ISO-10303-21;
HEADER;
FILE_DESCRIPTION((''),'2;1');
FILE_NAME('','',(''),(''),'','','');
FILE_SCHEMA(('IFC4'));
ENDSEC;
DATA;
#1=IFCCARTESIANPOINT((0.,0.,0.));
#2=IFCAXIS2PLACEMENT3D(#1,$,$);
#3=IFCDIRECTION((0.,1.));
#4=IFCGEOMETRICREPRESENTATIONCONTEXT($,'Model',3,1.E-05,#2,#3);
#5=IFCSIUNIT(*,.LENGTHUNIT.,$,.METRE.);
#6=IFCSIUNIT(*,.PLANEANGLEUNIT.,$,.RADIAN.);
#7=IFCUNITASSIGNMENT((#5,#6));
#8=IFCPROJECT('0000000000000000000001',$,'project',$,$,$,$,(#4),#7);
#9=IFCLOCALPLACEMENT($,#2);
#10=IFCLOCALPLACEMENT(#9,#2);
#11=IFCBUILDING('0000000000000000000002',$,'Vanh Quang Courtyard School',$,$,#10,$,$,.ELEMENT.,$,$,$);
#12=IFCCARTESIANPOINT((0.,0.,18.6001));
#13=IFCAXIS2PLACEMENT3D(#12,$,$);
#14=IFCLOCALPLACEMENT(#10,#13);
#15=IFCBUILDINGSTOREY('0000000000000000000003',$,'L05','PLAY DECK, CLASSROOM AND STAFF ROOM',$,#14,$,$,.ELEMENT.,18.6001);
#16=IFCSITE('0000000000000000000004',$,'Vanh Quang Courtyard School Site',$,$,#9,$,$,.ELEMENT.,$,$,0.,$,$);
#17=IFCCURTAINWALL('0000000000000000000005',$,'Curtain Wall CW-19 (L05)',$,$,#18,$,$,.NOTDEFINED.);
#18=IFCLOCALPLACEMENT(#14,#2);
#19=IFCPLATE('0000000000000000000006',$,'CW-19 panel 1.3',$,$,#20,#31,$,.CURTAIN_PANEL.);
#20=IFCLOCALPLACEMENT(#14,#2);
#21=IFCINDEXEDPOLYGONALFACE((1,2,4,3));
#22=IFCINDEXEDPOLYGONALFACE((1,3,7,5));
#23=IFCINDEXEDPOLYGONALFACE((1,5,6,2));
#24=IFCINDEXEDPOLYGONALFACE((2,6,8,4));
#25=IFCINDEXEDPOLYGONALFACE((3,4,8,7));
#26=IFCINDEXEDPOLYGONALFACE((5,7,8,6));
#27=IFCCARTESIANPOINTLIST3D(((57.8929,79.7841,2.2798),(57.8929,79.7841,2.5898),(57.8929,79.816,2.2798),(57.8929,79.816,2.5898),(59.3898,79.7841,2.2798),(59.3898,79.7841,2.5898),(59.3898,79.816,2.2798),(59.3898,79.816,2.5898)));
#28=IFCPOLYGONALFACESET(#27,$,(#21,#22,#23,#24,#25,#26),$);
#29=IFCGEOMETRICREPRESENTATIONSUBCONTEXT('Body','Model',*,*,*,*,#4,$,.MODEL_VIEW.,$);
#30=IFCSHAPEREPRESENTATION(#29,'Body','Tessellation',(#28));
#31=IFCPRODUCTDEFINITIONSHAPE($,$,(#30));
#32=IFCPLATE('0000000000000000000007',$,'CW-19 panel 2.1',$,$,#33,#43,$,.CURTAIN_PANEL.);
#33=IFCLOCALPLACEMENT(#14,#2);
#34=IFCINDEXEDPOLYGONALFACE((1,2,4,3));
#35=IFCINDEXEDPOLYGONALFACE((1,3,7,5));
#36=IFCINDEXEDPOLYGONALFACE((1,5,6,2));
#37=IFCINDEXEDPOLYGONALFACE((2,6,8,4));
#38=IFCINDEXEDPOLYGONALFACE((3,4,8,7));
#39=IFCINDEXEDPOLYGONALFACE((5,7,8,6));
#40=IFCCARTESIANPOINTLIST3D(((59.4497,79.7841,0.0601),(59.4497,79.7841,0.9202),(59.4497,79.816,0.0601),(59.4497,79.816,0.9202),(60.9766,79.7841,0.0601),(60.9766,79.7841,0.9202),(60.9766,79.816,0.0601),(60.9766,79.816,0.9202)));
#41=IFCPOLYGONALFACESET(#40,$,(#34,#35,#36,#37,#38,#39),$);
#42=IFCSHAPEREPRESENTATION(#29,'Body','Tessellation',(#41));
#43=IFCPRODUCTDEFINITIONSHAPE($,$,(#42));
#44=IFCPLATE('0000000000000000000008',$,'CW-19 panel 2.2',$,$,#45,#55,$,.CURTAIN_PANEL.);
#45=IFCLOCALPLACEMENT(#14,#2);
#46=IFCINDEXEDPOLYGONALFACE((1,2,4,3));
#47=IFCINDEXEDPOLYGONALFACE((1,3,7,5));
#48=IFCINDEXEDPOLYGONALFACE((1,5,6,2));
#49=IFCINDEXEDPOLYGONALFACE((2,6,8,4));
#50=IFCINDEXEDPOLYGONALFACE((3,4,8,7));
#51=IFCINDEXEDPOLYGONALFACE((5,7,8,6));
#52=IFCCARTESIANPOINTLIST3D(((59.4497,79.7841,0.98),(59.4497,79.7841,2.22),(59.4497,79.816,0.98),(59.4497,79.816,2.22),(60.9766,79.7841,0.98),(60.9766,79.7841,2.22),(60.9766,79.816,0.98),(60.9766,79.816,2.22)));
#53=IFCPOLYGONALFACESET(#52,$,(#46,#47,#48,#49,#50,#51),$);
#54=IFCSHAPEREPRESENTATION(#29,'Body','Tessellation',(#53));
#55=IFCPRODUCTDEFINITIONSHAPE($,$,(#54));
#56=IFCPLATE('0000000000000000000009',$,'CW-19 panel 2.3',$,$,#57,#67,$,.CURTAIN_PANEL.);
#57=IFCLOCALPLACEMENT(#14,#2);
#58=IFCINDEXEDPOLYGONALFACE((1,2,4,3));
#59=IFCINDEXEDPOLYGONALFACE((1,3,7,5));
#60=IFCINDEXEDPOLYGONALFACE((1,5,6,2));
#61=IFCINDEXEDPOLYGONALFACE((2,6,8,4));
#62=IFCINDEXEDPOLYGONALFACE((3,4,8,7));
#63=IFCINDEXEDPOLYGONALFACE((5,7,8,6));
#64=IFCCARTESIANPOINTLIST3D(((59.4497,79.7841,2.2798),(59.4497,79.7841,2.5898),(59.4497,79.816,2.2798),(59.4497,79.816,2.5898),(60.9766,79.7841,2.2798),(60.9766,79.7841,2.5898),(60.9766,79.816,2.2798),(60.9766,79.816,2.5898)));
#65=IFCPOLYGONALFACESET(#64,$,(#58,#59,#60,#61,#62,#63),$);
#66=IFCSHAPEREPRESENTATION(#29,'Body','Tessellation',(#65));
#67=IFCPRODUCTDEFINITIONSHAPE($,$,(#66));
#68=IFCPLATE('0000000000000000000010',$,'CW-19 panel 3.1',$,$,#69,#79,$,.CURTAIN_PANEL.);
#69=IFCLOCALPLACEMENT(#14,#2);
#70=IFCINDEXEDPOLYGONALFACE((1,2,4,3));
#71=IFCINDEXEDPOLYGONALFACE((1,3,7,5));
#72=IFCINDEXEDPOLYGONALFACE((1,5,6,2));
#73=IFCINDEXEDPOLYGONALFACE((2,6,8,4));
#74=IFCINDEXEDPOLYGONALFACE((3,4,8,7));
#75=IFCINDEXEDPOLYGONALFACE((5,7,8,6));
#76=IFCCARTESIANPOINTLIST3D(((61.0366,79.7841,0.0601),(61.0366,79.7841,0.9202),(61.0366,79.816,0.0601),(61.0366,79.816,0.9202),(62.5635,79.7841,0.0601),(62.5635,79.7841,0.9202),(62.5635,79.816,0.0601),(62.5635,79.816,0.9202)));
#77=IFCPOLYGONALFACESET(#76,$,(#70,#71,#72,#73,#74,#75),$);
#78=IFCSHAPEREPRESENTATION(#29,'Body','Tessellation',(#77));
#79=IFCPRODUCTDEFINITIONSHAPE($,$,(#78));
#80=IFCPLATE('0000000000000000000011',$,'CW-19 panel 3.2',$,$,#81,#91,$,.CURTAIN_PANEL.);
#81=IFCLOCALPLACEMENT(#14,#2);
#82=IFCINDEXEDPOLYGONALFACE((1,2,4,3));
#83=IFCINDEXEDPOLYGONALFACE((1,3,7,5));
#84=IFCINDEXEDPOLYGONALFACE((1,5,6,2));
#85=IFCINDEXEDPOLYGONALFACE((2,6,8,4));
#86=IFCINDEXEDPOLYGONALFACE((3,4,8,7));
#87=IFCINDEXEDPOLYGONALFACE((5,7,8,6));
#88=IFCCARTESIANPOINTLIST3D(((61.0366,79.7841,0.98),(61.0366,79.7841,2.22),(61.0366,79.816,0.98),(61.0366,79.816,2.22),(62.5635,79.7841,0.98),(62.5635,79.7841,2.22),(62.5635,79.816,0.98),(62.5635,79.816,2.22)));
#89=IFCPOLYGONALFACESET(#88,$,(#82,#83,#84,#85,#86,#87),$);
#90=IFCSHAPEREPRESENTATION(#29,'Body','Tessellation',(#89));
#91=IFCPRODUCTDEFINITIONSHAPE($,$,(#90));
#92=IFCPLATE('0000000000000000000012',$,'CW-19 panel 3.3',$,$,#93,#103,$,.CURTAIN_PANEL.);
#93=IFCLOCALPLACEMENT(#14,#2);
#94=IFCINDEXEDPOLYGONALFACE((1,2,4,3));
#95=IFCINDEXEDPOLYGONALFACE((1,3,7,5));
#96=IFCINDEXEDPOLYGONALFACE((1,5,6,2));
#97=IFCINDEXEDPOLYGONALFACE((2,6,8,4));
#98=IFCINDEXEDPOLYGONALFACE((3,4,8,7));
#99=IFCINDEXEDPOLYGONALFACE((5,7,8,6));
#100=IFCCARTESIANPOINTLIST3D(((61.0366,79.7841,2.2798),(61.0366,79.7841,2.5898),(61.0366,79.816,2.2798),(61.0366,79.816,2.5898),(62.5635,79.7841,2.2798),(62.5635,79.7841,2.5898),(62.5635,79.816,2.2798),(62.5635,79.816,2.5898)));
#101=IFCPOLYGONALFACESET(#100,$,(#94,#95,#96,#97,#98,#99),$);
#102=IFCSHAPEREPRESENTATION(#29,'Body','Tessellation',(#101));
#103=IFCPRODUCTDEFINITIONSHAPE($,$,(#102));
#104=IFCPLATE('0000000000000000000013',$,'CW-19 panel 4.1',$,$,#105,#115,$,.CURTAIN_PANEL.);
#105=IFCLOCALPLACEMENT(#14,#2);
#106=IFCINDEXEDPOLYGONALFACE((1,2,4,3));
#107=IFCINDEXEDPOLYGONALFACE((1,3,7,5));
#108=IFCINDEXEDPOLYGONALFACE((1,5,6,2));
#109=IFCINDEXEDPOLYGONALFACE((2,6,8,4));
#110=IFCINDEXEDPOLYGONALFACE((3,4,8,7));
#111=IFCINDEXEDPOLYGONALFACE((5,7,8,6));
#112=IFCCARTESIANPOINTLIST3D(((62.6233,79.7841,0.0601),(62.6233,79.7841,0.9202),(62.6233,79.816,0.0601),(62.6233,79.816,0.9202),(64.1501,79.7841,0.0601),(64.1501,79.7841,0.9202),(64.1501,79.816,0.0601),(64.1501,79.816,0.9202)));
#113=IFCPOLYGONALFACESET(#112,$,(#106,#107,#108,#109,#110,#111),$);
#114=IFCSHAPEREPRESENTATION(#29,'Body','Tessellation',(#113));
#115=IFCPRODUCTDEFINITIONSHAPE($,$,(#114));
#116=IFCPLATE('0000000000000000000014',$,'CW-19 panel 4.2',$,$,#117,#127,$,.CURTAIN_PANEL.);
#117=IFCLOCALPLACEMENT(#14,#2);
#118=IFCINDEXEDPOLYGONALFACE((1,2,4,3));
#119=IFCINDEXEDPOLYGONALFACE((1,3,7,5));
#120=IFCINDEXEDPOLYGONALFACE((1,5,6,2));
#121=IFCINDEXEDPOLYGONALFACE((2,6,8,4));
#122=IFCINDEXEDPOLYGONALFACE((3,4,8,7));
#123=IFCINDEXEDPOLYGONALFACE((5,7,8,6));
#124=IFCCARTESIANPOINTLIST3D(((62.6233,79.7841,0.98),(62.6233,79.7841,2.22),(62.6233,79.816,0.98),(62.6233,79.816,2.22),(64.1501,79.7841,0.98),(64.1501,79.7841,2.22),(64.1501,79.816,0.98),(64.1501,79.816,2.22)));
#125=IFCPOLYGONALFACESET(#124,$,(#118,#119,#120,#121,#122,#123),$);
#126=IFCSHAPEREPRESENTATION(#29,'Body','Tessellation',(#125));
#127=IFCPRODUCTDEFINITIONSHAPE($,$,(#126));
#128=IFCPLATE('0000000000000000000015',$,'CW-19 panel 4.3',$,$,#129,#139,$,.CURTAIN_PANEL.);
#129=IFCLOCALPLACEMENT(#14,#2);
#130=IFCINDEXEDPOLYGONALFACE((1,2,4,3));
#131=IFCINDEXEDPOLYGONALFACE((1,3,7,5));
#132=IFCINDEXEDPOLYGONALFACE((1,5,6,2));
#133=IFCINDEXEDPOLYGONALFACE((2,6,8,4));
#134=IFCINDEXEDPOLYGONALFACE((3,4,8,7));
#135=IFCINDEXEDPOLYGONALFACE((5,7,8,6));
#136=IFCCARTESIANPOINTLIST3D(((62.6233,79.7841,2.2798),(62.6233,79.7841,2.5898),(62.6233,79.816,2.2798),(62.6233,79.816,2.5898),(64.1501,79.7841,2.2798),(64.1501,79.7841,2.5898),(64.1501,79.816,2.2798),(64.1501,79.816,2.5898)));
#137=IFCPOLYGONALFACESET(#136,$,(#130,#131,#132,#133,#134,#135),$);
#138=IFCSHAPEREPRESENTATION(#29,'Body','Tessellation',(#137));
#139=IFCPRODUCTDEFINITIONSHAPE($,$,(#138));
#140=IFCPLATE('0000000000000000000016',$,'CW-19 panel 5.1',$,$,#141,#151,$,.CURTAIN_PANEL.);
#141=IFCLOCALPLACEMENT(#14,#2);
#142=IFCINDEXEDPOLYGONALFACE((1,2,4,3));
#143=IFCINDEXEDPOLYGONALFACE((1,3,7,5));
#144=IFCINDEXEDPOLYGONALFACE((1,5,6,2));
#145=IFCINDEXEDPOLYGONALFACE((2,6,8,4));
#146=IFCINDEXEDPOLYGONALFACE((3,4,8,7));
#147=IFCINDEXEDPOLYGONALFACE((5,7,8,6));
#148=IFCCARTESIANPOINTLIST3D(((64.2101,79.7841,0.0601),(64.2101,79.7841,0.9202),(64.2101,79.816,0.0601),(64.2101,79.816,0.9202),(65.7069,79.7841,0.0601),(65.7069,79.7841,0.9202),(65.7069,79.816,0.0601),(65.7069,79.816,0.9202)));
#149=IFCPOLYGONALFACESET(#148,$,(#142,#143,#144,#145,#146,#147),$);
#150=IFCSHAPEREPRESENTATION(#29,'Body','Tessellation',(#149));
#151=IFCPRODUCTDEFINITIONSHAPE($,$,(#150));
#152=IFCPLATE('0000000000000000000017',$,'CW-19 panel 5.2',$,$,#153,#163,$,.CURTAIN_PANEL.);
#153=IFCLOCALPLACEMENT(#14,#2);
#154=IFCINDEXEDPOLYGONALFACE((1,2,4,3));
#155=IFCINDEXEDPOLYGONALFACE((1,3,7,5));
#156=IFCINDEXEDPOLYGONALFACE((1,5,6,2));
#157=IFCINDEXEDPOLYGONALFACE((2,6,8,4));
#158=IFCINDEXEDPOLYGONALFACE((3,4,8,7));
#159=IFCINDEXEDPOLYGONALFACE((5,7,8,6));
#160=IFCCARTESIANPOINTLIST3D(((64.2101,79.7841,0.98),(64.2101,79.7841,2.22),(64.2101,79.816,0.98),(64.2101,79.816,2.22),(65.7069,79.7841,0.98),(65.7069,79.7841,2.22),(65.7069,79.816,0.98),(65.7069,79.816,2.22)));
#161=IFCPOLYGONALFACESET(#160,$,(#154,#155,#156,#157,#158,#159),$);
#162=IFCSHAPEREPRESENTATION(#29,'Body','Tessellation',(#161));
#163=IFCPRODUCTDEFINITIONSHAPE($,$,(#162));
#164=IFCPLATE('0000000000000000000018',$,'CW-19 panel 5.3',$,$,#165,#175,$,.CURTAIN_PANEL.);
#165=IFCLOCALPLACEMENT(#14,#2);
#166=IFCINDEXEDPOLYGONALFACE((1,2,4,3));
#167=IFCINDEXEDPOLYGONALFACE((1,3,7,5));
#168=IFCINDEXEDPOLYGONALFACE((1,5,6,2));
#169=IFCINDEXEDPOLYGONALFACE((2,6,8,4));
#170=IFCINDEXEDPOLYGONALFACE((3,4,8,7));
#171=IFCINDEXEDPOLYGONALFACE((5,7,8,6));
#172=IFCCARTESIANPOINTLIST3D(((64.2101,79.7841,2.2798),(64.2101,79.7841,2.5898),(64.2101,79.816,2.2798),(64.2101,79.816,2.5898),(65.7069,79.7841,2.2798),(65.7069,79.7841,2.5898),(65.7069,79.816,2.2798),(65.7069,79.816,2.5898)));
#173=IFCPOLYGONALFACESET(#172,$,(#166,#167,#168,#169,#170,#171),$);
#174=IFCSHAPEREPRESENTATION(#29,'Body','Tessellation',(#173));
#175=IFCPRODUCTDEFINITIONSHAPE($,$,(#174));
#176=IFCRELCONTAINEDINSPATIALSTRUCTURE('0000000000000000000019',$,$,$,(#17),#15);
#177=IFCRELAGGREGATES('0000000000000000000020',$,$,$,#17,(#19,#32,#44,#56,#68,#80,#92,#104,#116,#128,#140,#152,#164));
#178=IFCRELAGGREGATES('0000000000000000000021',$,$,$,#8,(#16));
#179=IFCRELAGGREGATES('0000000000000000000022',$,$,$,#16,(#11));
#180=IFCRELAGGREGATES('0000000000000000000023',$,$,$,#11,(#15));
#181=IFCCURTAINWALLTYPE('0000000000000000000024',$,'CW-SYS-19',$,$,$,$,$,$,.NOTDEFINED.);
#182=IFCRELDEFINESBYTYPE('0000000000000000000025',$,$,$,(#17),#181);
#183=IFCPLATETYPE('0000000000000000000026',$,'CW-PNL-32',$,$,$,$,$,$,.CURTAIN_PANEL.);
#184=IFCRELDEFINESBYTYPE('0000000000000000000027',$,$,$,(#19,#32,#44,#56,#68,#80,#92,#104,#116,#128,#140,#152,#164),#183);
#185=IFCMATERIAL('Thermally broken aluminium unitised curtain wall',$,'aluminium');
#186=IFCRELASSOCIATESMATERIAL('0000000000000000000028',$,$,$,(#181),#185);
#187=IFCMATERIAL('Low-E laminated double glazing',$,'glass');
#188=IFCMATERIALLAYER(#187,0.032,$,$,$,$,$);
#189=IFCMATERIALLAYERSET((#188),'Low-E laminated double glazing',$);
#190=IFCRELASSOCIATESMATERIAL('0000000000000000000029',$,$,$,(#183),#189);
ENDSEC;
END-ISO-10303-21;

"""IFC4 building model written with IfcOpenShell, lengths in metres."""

from ifc_helpers import new_model, si_unit, direction, frame, origin, origin_2d, place, context, subcontext, project, spatial, rectangle, extrude, material, layer, layer_set, type_object, element, aggregate, save


model = new_model("IFC4")

# Units and contexts
model_context = context("Model", 3, precision=1e-05, world=origin(), true_north=direction((0.0, 1.0)))
body_context = subcontext(model_context, "Body", "Model", "MODEL_VIEW")
ifc_project = project(units=[si_unit("LENGTHUNIT", "METRE"), si_unit("PLANEANGLEUNIT", "RADIAN")], contexts=[model_context])

# Site, building, storey
site_placement = place(None, origin())
site = spatial("IfcSite", under=ifc_project, at=site_placement, Name="Vanh Quang Courtyard School Site", CompositionType="ELEMENT", RefElevation=0.0)
building_placement = place(site_placement, origin())
building = spatial("IfcBuilding", under=site, at=building_placement, Name="Vanh Quang Courtyard School", CompositionType="ELEMENT")
storey_placement = place(building_placement, frame((0.0, 0.0, 18.6001)))
storey = spatial("IfcBuildingStorey", under=building, at=storey_placement, Name="L05", Description="PLAY DECK, CLASSROOM AND STAFF ROOM", CompositionType="ELEMENT", Elevation=18.6001)

# Curtain wall, plates
ifc_material_1 = material(Name="Thermally broken aluminium unitised curtain wall", Category="aluminium")
curtain_wall_type = type_object("IfcCurtainWallType", Name="CW-SYS-19", PredefinedType="NOTDEFINED", material=ifc_material_1)
curtain_wall_placement = place(storey_placement, origin())
curtain_wall = element("IfcCurtainWall", 1, at=curtain_wall_placement, inside=storey, type_object=curtain_wall_type, Name="Curtain Wall CW-19 (L05)", PredefinedType="NOTDEFINED")
ifc_material_2 = material(Name="Low-E laminated double glazing", Category="glass")
ifc_layer = layer(ifc_material_2, 0.032)
ifc_layer_set = layer_set([ifc_layer], Name="Low-E laminated double glazing")
plate_type = type_object("IfcPlateType", Name="CW-PNL-32", PredefinedType="CURTAIN_PANEL", material=ifc_layer_set)
plate_1_placement = place(storey_placement, frame((58.6414, 79.8, 2.2798), z_axis=(0.0, 0.0, 1.0), x_axis=(1.0, 0.0, 0.0)))
plate_1 = element("IfcPlate", 2, at=plate_1_placement, type_object=plate_type, Name="CW-19 panel 1.3", PredefinedType="CURTAIN_PANEL", context=body_context, shape_type="SweptSolid", body=[
    extrude(rectangle(XDim=1.4968, YDim=0.032, at=origin_2d()), origin(), (0.0, 0.0, 1.0), 0.3101),
])
plate_2_placement = place(storey_placement, frame((60.2131, 79.8, 0.0601), z_axis=(0.0, 0.0, 1.0), x_axis=(1.0, 0.0, 0.0)))
plate_2 = element("IfcPlate", 3, at=plate_2_placement, type_object=plate_type, Name="CW-19 panel 2.1", PredefinedType="CURTAIN_PANEL", context=body_context, shape_type="SweptSolid", body=[
    extrude(rectangle(XDim=1.5269, YDim=0.032, at=origin_2d()), origin(), (0.0, 0.0, 1.0), 0.8601),
])
plate_3_placement = place(storey_placement, frame((60.2131, 79.8, 0.98), z_axis=(0.0, 0.0, 1.0), x_axis=(1.0, 0.0, 0.0)))
plate_3 = element("IfcPlate", 4, at=plate_3_placement, type_object=plate_type, Name="CW-19 panel 2.2", PredefinedType="CURTAIN_PANEL", context=body_context, shape_type="SweptSolid", body=[
    extrude(rectangle(XDim=1.5269, YDim=0.032, at=origin_2d()), origin(), (0.0, 0.0, 1.0), 1.24),
])
plate_4_placement = place(storey_placement, frame((60.2131, 79.8, 2.2798), z_axis=(0.0, 0.0, 1.0), x_axis=(1.0, 0.0, 0.0)))
plate_4 = element("IfcPlate", 5, at=plate_4_placement, type_object=plate_type, Name="CW-19 panel 2.3", PredefinedType="CURTAIN_PANEL", context=body_context, shape_type="SweptSolid", body=[
    extrude(rectangle(XDim=1.5269, YDim=0.032, at=origin_2d()), origin(), (0.0, 0.0, 1.0), 0.3101),
])
plate_5_placement = place(storey_placement, frame((61.8, 79.8, 0.0601), z_axis=(0.0, 0.0, 1.0), x_axis=(1.0, 0.0, 0.0)))
plate_5 = element("IfcPlate", 6, at=plate_5_placement, type_object=plate_type, Name="CW-19 panel 3.1", PredefinedType="CURTAIN_PANEL", context=body_context, shape_type="SweptSolid", body=[
    extrude(rectangle(XDim=1.5269, YDim=0.032, at=origin_2d()), origin(), (0.0, 0.0, 1.0), 0.8601),
])
plate_6_placement = place(storey_placement, frame((61.8, 79.8, 0.98), z_axis=(0.0, 0.0, 1.0), x_axis=(1.0, 0.0, 0.0)))
plate_6 = element("IfcPlate", 7, at=plate_6_placement, type_object=plate_type, Name="CW-19 panel 3.2", PredefinedType="CURTAIN_PANEL", context=body_context, shape_type="SweptSolid", body=[
    extrude(rectangle(XDim=1.5269, YDim=0.032, at=origin_2d()), origin(), (0.0, 0.0, 1.0), 1.24),
])
plate_7_placement = place(storey_placement, frame((61.8, 79.8, 2.2798), z_axis=(0.0, 0.0, 1.0), x_axis=(1.0, 0.0, 0.0)))
plate_7 = element("IfcPlate", 8, at=plate_7_placement, type_object=plate_type, Name="CW-19 panel 3.3", PredefinedType="CURTAIN_PANEL", context=body_context, shape_type="SweptSolid", body=[
    extrude(rectangle(XDim=1.5269, YDim=0.032, at=origin_2d()), origin(), (0.0, 0.0, 1.0), 0.3101),
])
plate_8_placement = place(storey_placement, frame((63.3867, 79.8, 0.0601), z_axis=(0.0, 0.0, 1.0), x_axis=(1.0, 0.0, 0.0)))
plate_8 = element("IfcPlate", 9, at=plate_8_placement, type_object=plate_type, Name="CW-19 panel 4.1", PredefinedType="CURTAIN_PANEL", context=body_context, shape_type="SweptSolid", body=[
    extrude(rectangle(XDim=1.5269, YDim=0.032, at=origin_2d()), origin(), (0.0, 0.0, 1.0), 0.8601),
])
plate_9_placement = place(storey_placement, frame((63.3867, 79.8, 0.98), z_axis=(0.0, 0.0, 1.0), x_axis=(1.0, 0.0, 0.0)))
plate_9 = element("IfcPlate", 10, at=plate_9_placement, type_object=plate_type, Name="CW-19 panel 4.2", PredefinedType="CURTAIN_PANEL", context=body_context, shape_type="SweptSolid", body=[
    extrude(rectangle(XDim=1.5269, YDim=0.032, at=origin_2d()), origin(), (0.0, 0.0, 1.0), 1.24),
])
plate_10_placement = place(storey_placement, frame((63.3867, 79.8, 2.2798), z_axis=(0.0, 0.0, 1.0), x_axis=(1.0, 0.0, 0.0)))
plate_10 = element("IfcPlate", 11, at=plate_10_placement, type_object=plate_type, Name="CW-19 panel 4.3", PredefinedType="CURTAIN_PANEL", context=body_context, shape_type="SweptSolid", body=[
    extrude(rectangle(XDim=1.5269, YDim=0.032, at=origin_2d()), origin(), (0.0, 0.0, 1.0), 0.3101),
])
plate_11_placement = place(storey_placement, frame((64.9585, 79.8, 0.0601), z_axis=(0.0, 0.0, 1.0), x_axis=(1.0, 0.0, 0.0)))
plate_11 = element("IfcPlate", 12, at=plate_11_placement, type_object=plate_type, Name="CW-19 panel 5.1", PredefinedType="CURTAIN_PANEL", context=body_context, shape_type="SweptSolid", body=[
    extrude(rectangle(XDim=1.4968, YDim=0.032, at=origin_2d()), origin(), (0.0, 0.0, 1.0), 0.8601),
])
plate_12_placement = place(storey_placement, frame((64.9585, 79.8, 0.98), z_axis=(0.0, 0.0, 1.0), x_axis=(1.0, 0.0, 0.0)))
plate_12 = element("IfcPlate", 13, at=plate_12_placement, type_object=plate_type, Name="CW-19 panel 5.2", PredefinedType="CURTAIN_PANEL", context=body_context, shape_type="SweptSolid", body=[
    extrude(rectangle(XDim=1.4968, YDim=0.032, at=origin_2d()), origin(), (0.0, 0.0, 1.0), 1.24),
])
plate_13_placement = place(storey_placement, frame((64.9585, 79.8, 2.2798), z_axis=(0.0, 0.0, 1.0), x_axis=(1.0, 0.0, 0.0)))
plate_13 = element("IfcPlate", 14, at=plate_13_placement, type_object=plate_type, Name="CW-19 panel 5.3", PredefinedType="CURTAIN_PANEL", context=body_context, shape_type="SweptSolid", body=[
    extrude(rectangle(XDim=1.4968, YDim=0.032, at=origin_2d()), origin(), (0.0, 0.0, 1.0), 0.3101),
])
aggregate(curtain_wall, [plate_1, plate_2, plate_3, plate_4, plate_5, plate_6, plate_7, plate_8, plate_9, plate_10, plate_11, plate_12, plate_13])

save(model, "model.ifc")
